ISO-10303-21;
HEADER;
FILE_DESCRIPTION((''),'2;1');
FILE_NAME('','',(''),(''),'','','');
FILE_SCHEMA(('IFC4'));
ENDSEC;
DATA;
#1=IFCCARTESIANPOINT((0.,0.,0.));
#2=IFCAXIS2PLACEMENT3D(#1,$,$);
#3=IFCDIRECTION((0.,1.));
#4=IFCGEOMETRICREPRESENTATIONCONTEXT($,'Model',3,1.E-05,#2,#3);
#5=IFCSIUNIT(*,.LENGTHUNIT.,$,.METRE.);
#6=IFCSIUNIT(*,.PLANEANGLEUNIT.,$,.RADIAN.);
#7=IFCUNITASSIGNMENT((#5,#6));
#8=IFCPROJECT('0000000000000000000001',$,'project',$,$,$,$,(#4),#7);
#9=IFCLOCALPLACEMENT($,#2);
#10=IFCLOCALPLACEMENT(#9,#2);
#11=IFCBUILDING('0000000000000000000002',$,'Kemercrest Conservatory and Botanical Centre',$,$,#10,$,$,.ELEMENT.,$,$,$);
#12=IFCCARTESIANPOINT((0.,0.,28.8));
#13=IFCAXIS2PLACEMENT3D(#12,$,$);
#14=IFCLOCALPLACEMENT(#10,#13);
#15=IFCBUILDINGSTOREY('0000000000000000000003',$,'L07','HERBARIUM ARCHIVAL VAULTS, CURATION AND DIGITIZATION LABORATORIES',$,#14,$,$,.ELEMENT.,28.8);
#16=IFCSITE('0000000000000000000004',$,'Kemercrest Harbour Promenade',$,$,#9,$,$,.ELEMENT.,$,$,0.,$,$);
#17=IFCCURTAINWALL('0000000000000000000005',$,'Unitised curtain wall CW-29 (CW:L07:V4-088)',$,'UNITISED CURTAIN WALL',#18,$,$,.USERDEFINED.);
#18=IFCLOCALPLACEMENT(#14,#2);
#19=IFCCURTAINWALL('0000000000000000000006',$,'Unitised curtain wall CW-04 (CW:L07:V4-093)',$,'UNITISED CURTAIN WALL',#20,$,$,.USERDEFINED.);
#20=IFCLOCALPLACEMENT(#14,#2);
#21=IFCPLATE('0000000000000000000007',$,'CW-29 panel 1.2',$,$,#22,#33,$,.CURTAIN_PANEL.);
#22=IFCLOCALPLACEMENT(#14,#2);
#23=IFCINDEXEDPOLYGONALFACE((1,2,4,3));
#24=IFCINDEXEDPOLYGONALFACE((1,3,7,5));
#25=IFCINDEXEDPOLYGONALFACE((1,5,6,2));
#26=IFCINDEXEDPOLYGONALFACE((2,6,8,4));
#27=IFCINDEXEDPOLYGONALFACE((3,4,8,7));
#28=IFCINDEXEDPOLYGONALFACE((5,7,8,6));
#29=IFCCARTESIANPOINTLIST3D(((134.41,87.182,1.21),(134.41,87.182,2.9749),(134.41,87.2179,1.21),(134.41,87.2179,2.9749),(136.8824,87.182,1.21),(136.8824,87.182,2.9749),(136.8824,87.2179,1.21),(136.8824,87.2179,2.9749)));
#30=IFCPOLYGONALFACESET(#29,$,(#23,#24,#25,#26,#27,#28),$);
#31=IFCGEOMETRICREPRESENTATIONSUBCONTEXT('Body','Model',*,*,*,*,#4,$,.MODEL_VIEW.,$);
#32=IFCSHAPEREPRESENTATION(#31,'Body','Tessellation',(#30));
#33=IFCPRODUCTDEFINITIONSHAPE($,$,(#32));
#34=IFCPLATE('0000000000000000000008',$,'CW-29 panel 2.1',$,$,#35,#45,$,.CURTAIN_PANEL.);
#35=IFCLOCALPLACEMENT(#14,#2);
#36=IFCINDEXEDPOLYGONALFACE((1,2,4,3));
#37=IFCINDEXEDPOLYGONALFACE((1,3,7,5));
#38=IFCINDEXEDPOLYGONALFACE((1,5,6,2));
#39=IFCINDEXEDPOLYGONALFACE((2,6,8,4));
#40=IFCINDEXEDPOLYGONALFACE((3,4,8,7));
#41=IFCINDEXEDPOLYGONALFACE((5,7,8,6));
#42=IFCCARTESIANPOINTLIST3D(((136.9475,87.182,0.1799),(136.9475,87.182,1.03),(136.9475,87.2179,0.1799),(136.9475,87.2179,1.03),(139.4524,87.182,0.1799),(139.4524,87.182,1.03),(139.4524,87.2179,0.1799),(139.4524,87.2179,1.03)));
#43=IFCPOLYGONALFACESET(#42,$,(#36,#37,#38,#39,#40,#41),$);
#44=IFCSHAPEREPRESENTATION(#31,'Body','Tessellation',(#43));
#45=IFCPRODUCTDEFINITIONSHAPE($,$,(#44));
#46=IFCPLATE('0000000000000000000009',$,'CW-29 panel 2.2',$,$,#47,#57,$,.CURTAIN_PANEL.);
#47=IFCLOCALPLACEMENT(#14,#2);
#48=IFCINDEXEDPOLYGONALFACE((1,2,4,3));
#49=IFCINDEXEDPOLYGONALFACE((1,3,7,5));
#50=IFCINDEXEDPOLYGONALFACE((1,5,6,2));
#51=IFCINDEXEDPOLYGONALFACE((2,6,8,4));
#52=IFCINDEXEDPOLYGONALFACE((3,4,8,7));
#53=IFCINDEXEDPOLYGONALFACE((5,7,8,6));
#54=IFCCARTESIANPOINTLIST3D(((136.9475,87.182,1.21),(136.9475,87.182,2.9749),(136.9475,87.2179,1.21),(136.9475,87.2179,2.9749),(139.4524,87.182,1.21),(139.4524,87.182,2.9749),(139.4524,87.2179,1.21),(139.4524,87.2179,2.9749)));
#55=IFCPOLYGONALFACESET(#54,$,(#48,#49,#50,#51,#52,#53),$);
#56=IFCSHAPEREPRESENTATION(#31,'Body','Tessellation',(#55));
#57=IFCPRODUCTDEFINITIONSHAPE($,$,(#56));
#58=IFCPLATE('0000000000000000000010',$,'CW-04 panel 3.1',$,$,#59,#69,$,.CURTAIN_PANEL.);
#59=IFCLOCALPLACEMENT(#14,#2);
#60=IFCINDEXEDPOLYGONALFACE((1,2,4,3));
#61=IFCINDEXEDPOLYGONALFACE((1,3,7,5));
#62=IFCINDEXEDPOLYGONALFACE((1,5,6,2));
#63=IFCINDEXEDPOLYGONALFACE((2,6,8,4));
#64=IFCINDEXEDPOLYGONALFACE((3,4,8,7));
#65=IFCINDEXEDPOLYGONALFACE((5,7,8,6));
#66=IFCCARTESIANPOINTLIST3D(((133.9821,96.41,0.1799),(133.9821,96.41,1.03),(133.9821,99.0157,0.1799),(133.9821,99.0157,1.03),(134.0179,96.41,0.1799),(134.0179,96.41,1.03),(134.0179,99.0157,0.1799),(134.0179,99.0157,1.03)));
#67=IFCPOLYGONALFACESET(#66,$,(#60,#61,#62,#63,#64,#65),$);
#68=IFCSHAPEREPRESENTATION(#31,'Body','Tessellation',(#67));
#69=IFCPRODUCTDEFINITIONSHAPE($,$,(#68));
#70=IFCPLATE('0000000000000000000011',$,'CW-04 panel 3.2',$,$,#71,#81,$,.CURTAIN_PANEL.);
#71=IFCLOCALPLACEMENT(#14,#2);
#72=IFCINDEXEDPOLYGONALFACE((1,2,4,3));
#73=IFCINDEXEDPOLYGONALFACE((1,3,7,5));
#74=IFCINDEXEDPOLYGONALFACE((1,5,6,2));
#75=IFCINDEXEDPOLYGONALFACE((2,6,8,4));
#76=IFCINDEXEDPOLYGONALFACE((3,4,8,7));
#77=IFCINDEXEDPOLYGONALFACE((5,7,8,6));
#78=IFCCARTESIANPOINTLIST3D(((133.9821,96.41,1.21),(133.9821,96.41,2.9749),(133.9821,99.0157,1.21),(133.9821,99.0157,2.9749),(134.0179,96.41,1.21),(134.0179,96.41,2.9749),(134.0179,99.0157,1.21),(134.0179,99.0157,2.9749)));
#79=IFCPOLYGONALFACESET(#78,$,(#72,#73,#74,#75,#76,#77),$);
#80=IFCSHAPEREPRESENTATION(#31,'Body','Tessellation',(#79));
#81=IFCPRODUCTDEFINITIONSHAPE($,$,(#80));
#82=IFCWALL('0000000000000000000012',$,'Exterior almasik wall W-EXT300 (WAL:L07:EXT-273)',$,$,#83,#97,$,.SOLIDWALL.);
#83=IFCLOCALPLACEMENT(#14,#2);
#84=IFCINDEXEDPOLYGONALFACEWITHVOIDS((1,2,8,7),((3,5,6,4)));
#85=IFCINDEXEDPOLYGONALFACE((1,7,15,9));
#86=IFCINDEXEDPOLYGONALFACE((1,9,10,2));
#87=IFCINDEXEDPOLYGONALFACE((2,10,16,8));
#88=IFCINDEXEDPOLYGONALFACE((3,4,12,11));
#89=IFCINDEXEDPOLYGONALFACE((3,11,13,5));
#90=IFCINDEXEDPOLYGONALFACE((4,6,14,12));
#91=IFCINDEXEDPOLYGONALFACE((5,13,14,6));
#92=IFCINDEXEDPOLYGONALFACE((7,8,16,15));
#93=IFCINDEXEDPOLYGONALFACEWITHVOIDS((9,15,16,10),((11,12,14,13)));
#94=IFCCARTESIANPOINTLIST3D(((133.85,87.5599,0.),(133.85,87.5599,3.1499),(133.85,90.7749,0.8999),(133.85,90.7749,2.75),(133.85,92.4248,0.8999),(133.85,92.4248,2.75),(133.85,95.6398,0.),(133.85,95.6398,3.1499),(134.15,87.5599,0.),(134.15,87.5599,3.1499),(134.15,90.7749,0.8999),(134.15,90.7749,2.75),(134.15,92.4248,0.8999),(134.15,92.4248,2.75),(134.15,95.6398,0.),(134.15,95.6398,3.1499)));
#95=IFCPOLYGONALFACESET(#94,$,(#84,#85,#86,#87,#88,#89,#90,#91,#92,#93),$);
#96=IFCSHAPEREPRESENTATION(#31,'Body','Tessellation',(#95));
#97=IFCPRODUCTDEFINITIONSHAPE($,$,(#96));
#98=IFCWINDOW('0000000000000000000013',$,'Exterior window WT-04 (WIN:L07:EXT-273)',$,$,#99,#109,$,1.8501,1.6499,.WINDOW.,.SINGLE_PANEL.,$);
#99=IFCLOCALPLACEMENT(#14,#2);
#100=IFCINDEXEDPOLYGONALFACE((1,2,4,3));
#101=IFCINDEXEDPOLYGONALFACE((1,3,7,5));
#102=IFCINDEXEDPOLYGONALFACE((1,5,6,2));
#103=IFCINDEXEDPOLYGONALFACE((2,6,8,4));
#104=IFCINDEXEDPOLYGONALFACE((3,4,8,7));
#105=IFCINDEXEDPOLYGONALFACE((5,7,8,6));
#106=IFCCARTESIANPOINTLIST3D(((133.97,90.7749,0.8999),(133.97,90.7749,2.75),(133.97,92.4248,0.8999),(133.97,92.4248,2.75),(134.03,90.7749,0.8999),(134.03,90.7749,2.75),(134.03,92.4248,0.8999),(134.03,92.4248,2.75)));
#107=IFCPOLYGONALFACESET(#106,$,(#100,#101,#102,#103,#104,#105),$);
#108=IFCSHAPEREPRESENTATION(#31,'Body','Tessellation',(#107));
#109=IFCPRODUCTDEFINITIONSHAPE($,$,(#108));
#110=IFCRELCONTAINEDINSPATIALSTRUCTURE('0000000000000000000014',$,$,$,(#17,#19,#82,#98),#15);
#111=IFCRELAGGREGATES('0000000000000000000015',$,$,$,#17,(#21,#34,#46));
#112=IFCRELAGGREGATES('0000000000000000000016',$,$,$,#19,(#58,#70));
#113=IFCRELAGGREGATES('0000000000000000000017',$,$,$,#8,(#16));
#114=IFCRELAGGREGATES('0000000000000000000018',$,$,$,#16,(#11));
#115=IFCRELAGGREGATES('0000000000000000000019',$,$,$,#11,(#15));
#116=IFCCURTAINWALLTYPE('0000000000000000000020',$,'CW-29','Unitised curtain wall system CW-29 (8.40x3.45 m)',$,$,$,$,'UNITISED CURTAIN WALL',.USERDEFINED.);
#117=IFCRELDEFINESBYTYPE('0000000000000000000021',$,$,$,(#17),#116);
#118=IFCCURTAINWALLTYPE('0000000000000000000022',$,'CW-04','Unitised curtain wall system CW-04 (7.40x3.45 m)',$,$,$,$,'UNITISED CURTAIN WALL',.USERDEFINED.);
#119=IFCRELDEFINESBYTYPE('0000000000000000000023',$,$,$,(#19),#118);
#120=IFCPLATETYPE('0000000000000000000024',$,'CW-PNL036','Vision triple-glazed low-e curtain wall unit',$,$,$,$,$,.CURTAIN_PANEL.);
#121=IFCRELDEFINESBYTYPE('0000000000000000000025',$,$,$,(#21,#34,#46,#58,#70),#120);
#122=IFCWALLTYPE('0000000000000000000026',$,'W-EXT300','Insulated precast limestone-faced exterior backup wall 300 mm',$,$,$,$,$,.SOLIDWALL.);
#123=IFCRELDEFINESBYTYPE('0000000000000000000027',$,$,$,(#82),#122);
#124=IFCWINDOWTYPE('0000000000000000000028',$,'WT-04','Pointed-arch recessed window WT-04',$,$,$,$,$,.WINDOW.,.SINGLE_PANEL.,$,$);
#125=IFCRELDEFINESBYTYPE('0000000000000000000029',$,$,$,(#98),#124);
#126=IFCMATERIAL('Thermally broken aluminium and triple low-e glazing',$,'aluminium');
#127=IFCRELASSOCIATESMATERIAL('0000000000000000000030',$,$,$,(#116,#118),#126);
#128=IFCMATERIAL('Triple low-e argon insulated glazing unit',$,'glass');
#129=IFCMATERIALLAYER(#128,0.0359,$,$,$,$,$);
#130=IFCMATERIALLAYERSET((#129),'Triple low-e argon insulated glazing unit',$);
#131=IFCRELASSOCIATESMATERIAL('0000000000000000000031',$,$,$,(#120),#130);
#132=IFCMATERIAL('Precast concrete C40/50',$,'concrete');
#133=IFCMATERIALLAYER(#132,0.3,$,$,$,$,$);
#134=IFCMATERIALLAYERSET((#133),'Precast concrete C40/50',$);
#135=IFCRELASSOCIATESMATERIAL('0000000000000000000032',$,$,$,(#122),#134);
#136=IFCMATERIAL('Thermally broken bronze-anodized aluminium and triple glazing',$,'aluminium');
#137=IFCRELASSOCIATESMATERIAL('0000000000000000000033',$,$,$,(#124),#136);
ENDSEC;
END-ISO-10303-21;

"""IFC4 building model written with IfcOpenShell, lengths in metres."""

from ifc_helpers import new_model, si_unit, direction, frame, frame_2d, origin, origin_2d, place, context, subcontext, project, spatial, rectangle, extrude, material, layer, layer_set, type_object, element, fill, aggregate, save


model = new_model("IFC4")

# Units and contexts
model_context = context("Model", 3, precision=1e-05, world=origin(), true_north=direction((0.0, 1.0)))
body_context = subcontext(model_context, "Body", "Model", "MODEL_VIEW")
ifc_project = project(units=[si_unit("LENGTHUNIT", "METRE"), si_unit("PLANEANGLEUNIT", "RADIAN")], contexts=[model_context])

# Site, building, storey
site_placement = place(None, origin())
site = spatial("IfcSite", under=ifc_project, at=site_placement, Name="Kemercrest Harbour Promenade", CompositionType="ELEMENT", RefElevation=0.0)
building_placement = place(site_placement, origin())
building = spatial("IfcBuilding", under=site, at=building_placement, Name="Kemercrest Conservatory and Botanical Centre", CompositionType="ELEMENT")
storey_placement = place(building_placement, frame((0.0, 0.0, 28.8)))
storey = spatial("IfcBuildingStorey", under=building, at=storey_placement, Name="L07", Description="HERBARIUM ARCHIVAL VAULTS, CURATION AND DIGITIZATION LABORATORIES", CompositionType="ELEMENT", Elevation=28.8)

# Curtain wall
ifc_material_1 = material(Name="Thermally broken aluminium and triple low-e glazing", Category="aluminium")
curtain_wall_type_1 = type_object("IfcCurtainWallType", Name="CW-29", Description="Unitised curtain wall system CW-29 (8.40x3.45 m)", ElementType="UNITISED CURTAIN WALL", PredefinedType="USERDEFINED", material=ifc_material_1)
curtain_wall_1_placement = place(storey_placement, origin())
curtain_wall_1 = element("IfcCurtainWall", 1, at=curtain_wall_1_placement, inside=storey, type_object=curtain_wall_type_1, Name="Unitised curtain wall CW-29 (CW:L07:V4-088)", ObjectType="UNITISED CURTAIN WALL", PredefinedType="USERDEFINED")

# Curtain wall
curtain_wall_type_2 = type_object("IfcCurtainWallType", Name="CW-04", Description="Unitised curtain wall system CW-04 (7.40x3.45 m)", ElementType="UNITISED CURTAIN WALL", PredefinedType="USERDEFINED", material=ifc_material_1)
curtain_wall_2_placement = place(storey_placement, origin())
curtain_wall_2 = element("IfcCurtainWall", 2, at=curtain_wall_2_placement, inside=storey, type_object=curtain_wall_type_2, Name="Unitised curtain wall CW-04 (CW:L07:V4-093)", ObjectType="UNITISED CURTAIN WALL", PredefinedType="USERDEFINED")

# Plates
ifc_material_2 = material(Name="Triple low-e argon insulated glazing unit", Category="glass")
ifc_layer_1 = layer(ifc_material_2, 0.0359)
ifc_layer_set_1 = layer_set([ifc_layer_1], Name="Triple low-e argon insulated glazing unit")
plate_type = type_object("IfcPlateType", Name="CW-PNL036", Description="Vision triple-glazed low-e curtain wall unit", PredefinedType="CURTAIN_PANEL", material=ifc_layer_set_1)
plate_1_placement = place(storey_placement, frame((135.6462, 87.2, 1.21), z_axis=(0.0, 0.0, 1.0), x_axis=(1.0, 0.0, 0.0)))
plate_1 = element("IfcPlate", 3, at=plate_1_placement, type_object=plate_type, Name="CW-29 panel 1.2", PredefinedType="CURTAIN_PANEL", context=body_context, shape_type="SweptSolid", body=[
    extrude(rectangle(XDim=2.4724, YDim=0.0359, at=origin_2d()), origin(), (0.0, 0.0, 1.0), 1.7649),
])
plate_2_placement = place(storey_placement, frame((138.2, 87.2, 0.1799), z_axis=(0.0, 0.0, 1.0), x_axis=(1.0, 0.0, 0.0)))
plate_2 = element("IfcPlate", 4, at=plate_2_placement, type_object=plate_type, Name="CW-29 panel 2.1", PredefinedType="CURTAIN_PANEL", context=body_context, shape_type="SweptSolid", body=[
    extrude(rectangle(XDim=2.5049, YDim=0.0359, at=origin_2d()), origin(), (0.0, 0.0, 1.0), 0.8501),
])
plate_3_placement = place(storey_placement, frame((138.2, 87.2, 1.21), z_axis=(0.0, 0.0, 1.0), x_axis=(1.0, 0.0, 0.0)))
plate_3 = element("IfcPlate", 5, at=plate_3_placement, type_object=plate_type, Name="CW-29 panel 2.2", PredefinedType="CURTAIN_PANEL", context=body_context, shape_type="SweptSolid", body=[
    extrude(rectangle(XDim=2.5049, YDim=0.0359, at=origin_2d()), origin(), (0.0, 0.0, 1.0), 1.7649),
])
aggregate(curtain_wall_1, [plate_1, plate_2, plate_3])
plate_4_placement = place(storey_placement, frame((134.0, 97.7129, 0.1799), z_axis=(0.0, 0.0, 1.0), x_axis=(0.0, -1.0, 0.0)))
plate_4 = element("IfcPlate", 6, at=plate_4_placement, type_object=plate_type, Name="CW-04 panel 3.1", PredefinedType="CURTAIN_PANEL", context=body_context, shape_type="SweptSolid", body=[
    extrude(rectangle(XDim=2.6057, YDim=0.0359, at=origin_2d()), origin(), (0.0, 0.0, 1.0), 0.8501),
])
plate_5_placement = place(storey_placement, frame((134.0, 97.7129, 1.21), z_axis=(0.0, 0.0, 1.0), x_axis=(0.0, -1.0, 0.0)))
plate_5 = element("IfcPlate", 7, at=plate_5_placement, type_object=plate_type, Name="CW-04 panel 3.2", PredefinedType="CURTAIN_PANEL", context=body_context, shape_type="SweptSolid", body=[
    extrude(rectangle(XDim=2.6057, YDim=0.0359, at=origin_2d()), origin(), (0.0, 0.0, 1.0), 1.7649),
])
aggregate(curtain_wall_2, [plate_4, plate_5])

# Wall, opening, window
ifc_material_3 = material(Name="Precast concrete C40/50", Category="concrete")
ifc_layer_2 = layer(ifc_material_3, 0.3)
ifc_layer_set_2 = layer_set([ifc_layer_2], Name="Precast concrete C40/50")
wall_type = type_object("IfcWallType", Name="W-EXT300", Description="Insulated precast limestone-faced exterior backup wall 300 mm", PredefinedType="SOLIDWALL", material=ifc_layer_set_2)
wall_placement = place(storey_placement, frame((134.0, 95.6399, 0.0), z_axis=(0.0, 0.0, 1.0), x_axis=(0.0, -1.0, 0.0)))
wall = element("IfcWall", 8, at=wall_placement, inside=storey, type_object=wall_type, Name="Exterior almasik wall W-EXT300 (WAL:L07:EXT-273)", PredefinedType="SOLIDWALL", context=body_context, shape_type="SweptSolid", body=[
    extrude(rectangle(XDim=8.0798, YDim=0.3, at=frame_2d((4.04, 0.0))), origin(), (0.0, 0.0, 1.0), 3.1499),
])
opening_placement = place(wall_placement, frame((3.2151, 0.0, 0.8999)))
opening = element("IfcOpeningElement", 9, at=opening_placement, cuts=wall, PredefinedType="OPENING", context=body_context, shape_type="SweptSolid", body=[
    extrude(rectangle(XDim=1.6499, YDim=1.8501, at=frame_2d((0.825, 0.925))), frame((0.0, 0.1602, 0.0), z_axis=(0.0, -1.0, 0.0), x_axis=(1.0, 0.0, 0.0)), (0.0, 0.0, 1.0), 0.3201),
])
ifc_material_4 = material(Name="Thermally broken bronze-anodized aluminium and triple glazing", Category="aluminium")
window_type = type_object("IfcWindowType", Name="WT-04", Description="Pointed-arch recessed window WT-04", PartitioningType="SINGLE_PANEL", PredefinedType="WINDOW", material=ifc_material_4)
window_placement = place(opening_placement, origin())
window = element("IfcWindow", 10, at=window_placement, inside=storey, type_object=window_type, Name="Exterior window WT-04 (WIN:L07:EXT-273)", OverallHeight=1.8501, OverallWidth=1.6499, PartitioningType="SINGLE_PANEL", PredefinedType="WINDOW", context=body_context, shape_type="SweptSolid", body=[
    extrude(rectangle(XDim=1.6499, YDim=1.8501, at=frame_2d((0.825, 0.925))), frame((0.0, 0.03, 0.0), z_axis=(0.0, -1.0, 0.0), x_axis=(1.0, 0.0, 0.0)), (0.0, 0.0, 1.0), 0.0601),
])
fill(opening, window)

save(model, "model.ifc")
